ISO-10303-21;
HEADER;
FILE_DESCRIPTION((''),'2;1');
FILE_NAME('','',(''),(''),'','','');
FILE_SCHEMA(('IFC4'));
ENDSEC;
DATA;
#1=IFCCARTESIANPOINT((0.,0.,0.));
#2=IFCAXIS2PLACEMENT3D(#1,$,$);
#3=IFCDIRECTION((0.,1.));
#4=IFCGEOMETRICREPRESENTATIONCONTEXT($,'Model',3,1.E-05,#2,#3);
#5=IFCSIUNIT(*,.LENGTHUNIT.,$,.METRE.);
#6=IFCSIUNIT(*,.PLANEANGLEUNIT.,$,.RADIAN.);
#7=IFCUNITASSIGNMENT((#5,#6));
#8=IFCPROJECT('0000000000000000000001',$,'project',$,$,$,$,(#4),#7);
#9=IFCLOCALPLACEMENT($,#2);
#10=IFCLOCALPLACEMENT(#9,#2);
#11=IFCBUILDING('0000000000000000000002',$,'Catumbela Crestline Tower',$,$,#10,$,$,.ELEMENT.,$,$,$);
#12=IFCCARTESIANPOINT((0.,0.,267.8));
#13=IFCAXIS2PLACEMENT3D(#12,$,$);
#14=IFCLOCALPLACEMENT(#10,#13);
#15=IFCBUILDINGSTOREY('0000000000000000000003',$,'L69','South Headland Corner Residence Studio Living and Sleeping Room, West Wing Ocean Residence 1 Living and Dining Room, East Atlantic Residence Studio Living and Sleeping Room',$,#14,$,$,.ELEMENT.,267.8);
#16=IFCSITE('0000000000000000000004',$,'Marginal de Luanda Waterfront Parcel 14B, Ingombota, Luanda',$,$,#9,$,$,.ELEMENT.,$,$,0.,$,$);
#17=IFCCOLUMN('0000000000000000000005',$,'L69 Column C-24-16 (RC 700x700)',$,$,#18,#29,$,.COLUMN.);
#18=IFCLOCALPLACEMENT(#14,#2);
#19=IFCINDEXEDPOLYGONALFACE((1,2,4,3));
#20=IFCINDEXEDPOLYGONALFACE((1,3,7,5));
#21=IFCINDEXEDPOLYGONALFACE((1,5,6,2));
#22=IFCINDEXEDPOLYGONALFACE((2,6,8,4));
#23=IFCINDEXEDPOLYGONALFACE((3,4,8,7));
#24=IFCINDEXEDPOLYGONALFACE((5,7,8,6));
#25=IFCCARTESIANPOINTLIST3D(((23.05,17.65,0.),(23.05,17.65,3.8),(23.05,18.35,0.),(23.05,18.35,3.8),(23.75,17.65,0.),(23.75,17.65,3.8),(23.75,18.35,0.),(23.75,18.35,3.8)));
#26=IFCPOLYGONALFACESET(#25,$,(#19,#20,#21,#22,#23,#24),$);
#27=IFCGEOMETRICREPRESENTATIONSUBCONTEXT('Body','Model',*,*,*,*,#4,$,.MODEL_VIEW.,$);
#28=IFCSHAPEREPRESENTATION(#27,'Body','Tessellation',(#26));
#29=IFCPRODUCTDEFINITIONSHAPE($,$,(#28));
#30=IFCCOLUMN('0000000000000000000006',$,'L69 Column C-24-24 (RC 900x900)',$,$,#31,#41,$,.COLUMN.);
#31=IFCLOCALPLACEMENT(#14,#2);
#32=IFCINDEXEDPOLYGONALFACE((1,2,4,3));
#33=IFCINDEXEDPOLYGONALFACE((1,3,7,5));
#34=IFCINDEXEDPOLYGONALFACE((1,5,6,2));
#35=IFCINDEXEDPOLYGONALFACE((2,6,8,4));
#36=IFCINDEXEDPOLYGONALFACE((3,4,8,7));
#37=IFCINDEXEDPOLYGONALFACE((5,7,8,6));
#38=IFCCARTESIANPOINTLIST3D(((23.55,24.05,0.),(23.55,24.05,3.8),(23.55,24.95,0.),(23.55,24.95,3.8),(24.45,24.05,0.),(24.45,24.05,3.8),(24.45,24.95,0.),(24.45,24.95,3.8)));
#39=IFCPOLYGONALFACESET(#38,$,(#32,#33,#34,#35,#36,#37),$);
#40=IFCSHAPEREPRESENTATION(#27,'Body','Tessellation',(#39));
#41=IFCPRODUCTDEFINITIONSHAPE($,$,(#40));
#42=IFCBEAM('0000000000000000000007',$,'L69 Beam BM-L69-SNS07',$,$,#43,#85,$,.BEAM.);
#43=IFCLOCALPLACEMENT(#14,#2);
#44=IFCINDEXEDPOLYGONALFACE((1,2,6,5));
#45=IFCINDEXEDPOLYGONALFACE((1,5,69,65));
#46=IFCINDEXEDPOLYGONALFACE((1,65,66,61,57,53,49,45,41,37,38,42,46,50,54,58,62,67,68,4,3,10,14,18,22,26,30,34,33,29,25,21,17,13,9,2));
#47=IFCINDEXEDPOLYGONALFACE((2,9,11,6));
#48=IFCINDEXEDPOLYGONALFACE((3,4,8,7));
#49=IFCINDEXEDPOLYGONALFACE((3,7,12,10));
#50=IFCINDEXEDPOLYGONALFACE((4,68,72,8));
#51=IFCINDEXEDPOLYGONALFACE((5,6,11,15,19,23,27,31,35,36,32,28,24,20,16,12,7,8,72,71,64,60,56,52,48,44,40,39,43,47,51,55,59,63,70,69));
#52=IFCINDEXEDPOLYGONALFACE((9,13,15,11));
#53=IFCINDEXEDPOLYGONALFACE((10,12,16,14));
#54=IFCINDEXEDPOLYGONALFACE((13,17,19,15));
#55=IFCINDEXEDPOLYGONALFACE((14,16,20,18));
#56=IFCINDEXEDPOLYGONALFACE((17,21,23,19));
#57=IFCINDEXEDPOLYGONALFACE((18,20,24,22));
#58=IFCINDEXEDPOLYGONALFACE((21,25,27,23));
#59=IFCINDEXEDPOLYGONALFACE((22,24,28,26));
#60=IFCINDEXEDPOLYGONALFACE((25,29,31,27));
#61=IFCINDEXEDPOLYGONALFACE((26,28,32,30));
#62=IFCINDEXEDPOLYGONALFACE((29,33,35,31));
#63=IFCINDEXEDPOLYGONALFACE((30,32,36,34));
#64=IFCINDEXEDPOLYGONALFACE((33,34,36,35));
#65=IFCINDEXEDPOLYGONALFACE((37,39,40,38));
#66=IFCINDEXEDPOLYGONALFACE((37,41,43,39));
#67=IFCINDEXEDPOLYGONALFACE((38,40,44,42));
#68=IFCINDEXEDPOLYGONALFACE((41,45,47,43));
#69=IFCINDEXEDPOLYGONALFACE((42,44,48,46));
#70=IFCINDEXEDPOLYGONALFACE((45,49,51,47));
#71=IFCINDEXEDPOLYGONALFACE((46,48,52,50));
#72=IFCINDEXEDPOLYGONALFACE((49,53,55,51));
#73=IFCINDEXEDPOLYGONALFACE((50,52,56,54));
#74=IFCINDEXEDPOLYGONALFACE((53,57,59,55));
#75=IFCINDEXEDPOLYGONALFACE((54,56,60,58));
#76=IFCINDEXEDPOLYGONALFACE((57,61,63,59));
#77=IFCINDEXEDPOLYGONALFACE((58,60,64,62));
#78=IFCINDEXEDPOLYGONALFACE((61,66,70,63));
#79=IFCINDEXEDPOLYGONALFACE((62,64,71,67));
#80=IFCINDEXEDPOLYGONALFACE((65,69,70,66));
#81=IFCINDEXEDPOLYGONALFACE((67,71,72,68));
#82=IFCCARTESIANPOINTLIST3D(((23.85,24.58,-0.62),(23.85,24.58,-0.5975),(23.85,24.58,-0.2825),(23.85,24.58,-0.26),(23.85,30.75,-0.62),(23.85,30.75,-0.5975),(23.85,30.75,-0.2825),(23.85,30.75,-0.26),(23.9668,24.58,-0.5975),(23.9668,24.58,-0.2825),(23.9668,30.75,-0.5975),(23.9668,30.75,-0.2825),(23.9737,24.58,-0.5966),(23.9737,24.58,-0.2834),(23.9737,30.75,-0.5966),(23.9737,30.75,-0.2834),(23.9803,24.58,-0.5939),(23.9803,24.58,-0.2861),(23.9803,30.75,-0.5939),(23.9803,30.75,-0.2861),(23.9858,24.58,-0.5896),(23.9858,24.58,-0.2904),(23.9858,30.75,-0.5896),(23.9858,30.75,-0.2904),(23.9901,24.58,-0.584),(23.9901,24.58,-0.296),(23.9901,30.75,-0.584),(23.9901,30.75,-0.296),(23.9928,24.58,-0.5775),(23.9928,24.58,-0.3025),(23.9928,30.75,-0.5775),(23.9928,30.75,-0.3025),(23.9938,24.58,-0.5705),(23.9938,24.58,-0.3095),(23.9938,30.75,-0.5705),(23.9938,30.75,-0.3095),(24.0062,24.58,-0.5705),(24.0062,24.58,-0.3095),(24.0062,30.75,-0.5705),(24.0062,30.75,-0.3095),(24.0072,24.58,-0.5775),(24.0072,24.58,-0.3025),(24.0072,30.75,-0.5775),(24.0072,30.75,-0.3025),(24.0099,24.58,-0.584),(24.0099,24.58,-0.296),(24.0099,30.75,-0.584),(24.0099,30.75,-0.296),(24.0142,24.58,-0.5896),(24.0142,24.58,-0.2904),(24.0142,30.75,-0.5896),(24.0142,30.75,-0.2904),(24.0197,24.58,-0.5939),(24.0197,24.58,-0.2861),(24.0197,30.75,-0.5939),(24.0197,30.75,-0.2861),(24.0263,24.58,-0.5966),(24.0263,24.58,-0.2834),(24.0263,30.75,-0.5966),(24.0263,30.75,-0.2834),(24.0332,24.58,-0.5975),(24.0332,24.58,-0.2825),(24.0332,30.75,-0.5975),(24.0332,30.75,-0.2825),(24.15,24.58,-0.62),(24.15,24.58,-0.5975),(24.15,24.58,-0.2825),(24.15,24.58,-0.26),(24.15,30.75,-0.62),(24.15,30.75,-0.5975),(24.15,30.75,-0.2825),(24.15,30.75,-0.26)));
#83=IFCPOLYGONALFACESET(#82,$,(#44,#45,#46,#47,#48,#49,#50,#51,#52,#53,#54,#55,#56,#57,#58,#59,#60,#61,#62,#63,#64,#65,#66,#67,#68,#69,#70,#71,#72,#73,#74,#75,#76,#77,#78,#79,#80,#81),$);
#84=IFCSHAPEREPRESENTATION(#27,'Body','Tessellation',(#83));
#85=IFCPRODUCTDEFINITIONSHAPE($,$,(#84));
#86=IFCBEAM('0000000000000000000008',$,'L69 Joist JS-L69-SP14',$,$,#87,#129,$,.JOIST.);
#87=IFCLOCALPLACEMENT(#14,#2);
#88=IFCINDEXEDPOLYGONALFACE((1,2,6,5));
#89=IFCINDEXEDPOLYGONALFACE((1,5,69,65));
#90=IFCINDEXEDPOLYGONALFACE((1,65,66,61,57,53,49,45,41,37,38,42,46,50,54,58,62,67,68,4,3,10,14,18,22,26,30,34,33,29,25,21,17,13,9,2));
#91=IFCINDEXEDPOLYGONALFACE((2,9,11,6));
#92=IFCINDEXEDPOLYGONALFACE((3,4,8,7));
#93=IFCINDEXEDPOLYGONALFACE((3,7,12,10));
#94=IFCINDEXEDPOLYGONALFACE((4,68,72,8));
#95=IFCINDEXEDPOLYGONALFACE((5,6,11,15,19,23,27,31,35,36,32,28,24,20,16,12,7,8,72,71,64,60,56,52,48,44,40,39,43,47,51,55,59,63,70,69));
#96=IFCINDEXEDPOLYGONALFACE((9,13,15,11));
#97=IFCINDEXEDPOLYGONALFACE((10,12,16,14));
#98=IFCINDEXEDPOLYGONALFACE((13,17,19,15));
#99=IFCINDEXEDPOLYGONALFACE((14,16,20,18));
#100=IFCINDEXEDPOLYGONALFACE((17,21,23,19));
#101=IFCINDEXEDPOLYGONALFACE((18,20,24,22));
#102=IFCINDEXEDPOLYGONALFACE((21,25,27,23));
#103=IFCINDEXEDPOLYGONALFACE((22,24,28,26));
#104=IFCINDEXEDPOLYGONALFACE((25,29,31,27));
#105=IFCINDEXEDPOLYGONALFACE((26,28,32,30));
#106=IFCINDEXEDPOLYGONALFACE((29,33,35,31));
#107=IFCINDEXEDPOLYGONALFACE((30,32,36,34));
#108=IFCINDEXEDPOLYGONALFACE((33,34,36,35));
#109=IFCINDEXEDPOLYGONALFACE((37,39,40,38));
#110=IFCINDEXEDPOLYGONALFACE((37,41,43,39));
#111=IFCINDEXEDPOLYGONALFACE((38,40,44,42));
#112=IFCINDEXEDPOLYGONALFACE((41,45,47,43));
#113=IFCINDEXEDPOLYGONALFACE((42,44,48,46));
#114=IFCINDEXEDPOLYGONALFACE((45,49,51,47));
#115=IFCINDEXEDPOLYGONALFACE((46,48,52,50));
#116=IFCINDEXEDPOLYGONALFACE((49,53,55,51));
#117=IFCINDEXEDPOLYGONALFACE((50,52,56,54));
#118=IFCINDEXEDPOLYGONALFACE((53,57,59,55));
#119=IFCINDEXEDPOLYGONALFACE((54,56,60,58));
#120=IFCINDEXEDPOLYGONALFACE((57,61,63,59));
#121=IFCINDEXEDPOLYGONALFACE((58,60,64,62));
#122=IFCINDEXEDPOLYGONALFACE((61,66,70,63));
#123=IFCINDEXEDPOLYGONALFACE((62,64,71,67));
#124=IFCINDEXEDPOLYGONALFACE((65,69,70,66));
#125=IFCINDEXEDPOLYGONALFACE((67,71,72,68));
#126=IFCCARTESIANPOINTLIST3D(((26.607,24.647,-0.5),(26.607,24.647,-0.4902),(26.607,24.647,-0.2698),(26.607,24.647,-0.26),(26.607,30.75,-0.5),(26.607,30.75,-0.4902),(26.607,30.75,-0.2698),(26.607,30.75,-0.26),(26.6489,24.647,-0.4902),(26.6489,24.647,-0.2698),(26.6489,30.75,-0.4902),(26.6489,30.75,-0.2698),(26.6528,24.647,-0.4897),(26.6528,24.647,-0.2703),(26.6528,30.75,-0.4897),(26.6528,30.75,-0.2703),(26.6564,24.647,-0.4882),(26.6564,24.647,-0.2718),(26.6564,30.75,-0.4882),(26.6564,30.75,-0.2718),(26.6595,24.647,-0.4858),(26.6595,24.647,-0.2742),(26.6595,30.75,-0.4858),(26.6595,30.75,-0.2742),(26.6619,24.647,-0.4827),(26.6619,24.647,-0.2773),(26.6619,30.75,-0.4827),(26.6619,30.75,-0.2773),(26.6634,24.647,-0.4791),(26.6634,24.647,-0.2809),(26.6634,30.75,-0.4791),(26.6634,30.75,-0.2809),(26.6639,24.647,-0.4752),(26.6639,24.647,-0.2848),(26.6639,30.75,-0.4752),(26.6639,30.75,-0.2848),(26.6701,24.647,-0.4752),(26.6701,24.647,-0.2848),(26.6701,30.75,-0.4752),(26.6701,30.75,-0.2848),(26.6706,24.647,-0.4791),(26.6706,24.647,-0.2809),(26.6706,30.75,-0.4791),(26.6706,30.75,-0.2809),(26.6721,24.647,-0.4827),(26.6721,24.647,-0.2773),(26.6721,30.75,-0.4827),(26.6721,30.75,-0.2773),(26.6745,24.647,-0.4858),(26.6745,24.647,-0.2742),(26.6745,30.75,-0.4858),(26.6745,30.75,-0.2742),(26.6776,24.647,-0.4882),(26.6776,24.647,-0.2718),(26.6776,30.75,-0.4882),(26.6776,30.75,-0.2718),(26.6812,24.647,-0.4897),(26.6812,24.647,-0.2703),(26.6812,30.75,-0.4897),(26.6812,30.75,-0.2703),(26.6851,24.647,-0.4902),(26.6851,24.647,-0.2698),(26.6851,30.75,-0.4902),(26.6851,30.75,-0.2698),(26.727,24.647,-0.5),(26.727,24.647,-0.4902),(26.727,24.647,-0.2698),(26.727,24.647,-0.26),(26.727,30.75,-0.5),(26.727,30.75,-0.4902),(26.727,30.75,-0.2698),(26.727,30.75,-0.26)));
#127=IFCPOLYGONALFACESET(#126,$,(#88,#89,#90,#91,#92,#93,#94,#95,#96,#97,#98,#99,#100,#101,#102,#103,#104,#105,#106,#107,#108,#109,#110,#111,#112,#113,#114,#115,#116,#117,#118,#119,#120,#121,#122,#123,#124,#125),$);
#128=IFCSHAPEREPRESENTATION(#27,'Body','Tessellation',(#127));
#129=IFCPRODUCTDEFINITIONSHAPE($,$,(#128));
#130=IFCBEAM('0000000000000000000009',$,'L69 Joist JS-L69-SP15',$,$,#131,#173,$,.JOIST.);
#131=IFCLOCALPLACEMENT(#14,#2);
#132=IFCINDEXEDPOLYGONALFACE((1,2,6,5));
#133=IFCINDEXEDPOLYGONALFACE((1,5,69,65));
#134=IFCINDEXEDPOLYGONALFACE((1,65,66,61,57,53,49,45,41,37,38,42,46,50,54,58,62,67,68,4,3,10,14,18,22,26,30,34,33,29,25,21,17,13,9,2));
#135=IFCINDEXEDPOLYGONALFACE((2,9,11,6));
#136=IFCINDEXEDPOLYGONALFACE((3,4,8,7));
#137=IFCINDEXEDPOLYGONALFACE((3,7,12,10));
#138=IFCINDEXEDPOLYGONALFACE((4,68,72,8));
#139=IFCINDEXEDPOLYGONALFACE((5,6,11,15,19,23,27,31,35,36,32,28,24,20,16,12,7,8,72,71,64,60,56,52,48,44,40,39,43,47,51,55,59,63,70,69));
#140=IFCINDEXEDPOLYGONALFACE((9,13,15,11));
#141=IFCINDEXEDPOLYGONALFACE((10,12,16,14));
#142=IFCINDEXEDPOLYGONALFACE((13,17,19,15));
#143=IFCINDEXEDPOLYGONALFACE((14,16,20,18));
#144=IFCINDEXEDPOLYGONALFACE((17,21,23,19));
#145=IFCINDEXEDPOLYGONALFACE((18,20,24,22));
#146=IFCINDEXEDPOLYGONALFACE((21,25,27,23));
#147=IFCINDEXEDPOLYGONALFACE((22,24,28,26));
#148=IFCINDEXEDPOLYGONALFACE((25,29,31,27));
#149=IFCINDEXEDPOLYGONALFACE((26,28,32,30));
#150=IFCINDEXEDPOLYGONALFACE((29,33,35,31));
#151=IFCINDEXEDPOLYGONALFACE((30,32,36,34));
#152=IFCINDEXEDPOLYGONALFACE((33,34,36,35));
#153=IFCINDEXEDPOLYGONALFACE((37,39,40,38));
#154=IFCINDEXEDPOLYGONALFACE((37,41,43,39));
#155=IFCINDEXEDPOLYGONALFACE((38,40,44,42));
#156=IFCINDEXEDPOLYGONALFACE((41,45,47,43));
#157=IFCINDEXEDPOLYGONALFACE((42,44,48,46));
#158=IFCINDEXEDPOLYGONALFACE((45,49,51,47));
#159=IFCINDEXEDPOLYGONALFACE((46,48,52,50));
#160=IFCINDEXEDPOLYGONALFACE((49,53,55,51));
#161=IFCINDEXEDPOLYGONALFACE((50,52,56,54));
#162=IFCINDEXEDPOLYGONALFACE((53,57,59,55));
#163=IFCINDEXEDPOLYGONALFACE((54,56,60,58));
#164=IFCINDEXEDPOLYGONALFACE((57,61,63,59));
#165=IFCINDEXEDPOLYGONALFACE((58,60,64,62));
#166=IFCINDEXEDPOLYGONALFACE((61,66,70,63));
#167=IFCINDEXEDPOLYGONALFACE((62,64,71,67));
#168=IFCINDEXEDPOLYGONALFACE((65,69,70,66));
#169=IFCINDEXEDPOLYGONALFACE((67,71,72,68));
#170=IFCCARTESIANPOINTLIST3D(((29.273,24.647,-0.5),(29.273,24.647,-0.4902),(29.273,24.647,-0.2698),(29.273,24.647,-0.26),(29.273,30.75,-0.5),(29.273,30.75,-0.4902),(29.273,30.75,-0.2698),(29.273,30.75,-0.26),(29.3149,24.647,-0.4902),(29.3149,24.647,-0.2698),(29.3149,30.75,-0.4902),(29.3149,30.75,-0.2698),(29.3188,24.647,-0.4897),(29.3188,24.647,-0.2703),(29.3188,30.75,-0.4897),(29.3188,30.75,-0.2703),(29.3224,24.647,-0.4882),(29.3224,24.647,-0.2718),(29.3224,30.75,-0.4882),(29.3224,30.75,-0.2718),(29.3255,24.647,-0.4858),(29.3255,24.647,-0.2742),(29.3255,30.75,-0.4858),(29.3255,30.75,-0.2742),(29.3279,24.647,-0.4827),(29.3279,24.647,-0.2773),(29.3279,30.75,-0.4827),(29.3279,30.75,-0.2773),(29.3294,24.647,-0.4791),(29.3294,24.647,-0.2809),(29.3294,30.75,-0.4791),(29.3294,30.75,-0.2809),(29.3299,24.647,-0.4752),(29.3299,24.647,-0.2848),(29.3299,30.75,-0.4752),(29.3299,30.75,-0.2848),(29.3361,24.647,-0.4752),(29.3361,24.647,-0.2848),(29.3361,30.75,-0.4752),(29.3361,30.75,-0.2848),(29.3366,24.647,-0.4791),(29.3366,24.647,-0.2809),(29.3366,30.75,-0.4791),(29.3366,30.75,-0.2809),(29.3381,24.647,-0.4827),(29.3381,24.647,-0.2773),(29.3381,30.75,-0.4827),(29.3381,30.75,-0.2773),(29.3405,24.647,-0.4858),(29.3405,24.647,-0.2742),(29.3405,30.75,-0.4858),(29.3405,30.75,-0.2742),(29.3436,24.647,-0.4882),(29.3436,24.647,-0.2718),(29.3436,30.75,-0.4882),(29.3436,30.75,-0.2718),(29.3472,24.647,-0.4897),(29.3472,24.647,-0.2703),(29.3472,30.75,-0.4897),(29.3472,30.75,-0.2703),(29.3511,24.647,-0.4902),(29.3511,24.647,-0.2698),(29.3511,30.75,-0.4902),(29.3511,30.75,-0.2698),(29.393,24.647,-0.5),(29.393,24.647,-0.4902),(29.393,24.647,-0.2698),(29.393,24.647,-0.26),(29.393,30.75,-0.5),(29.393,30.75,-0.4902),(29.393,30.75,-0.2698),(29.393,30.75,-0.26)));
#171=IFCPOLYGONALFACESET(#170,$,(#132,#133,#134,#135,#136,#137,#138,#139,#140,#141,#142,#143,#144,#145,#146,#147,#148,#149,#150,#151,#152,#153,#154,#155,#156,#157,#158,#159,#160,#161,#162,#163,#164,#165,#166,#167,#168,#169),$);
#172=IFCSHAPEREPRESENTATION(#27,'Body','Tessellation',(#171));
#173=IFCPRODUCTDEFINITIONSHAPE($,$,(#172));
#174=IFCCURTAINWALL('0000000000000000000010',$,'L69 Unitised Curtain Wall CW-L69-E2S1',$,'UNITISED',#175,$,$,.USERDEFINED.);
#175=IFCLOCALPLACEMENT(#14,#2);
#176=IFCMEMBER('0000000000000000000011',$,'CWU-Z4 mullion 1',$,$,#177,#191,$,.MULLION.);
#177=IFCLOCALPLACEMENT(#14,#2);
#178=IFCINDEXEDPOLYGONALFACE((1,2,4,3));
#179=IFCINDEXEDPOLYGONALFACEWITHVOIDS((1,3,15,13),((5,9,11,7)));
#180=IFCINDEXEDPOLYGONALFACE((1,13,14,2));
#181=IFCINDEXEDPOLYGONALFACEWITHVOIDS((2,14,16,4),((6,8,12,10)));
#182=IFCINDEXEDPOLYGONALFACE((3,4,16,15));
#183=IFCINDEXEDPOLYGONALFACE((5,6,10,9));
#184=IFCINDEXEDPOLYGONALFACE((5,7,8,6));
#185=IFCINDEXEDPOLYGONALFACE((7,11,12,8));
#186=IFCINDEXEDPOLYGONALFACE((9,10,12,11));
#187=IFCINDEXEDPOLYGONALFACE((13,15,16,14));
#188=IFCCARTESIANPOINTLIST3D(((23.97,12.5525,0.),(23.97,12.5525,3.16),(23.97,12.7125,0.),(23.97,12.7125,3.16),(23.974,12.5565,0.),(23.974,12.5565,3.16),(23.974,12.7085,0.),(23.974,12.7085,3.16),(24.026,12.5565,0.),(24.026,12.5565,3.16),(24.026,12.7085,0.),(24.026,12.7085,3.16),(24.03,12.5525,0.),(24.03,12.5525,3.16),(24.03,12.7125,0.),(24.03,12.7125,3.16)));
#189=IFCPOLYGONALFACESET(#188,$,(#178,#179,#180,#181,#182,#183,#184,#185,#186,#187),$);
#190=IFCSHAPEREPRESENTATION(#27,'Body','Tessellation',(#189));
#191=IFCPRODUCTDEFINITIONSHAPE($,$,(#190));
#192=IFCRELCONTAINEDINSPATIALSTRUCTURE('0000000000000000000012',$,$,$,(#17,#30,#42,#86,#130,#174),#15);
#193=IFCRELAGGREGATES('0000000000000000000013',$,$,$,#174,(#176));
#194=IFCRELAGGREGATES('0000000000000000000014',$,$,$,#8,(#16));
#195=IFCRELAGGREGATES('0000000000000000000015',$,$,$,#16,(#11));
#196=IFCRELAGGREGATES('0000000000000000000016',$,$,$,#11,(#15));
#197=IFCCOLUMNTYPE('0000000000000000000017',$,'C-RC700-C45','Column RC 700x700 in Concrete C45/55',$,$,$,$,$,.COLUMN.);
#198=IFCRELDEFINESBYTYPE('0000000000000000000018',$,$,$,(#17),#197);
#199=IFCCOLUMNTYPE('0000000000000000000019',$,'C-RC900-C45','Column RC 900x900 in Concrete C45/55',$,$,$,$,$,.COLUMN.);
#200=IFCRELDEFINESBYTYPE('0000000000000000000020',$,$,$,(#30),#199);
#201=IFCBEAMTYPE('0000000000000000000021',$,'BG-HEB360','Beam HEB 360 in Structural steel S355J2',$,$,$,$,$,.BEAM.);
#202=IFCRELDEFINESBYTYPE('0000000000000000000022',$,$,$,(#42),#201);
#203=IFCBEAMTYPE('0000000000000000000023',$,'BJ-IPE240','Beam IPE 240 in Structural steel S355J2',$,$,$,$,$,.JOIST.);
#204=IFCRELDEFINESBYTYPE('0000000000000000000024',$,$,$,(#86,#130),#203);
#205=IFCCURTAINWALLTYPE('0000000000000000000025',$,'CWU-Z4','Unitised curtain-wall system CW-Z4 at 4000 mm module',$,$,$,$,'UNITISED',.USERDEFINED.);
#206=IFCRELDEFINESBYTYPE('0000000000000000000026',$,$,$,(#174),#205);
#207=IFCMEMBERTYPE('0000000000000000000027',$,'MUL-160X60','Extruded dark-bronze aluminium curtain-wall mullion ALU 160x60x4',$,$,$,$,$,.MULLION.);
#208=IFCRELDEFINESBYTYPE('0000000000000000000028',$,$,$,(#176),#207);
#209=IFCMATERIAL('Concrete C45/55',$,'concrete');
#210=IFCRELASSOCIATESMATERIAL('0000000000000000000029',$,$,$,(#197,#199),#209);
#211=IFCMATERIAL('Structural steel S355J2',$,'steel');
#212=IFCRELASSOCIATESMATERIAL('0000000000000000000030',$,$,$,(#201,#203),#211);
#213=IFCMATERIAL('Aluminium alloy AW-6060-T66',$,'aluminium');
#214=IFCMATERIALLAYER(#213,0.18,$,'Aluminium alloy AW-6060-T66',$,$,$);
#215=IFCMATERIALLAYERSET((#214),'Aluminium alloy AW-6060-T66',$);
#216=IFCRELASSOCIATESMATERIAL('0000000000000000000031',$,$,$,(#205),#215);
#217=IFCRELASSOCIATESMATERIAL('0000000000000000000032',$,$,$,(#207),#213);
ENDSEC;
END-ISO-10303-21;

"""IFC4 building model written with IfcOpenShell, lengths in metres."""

from ifc_helpers import new_model, si_unit, direction, frame, origin, origin_2d, place, context, subcontext, project, spatial, rectangle, hollow_rectangle, i_section, extrude, material, layer, layer_set, material_profile, profile_set, type_object, element, aggregate, save


model = new_model("IFC4")

# Units and contexts
model_context = context("Model", 3, precision=1e-05, world=origin(), true_north=direction((0.0, 1.0)))
body_context = subcontext(model_context, "Body", "Model", "MODEL_VIEW")
ifc_project = project(units=[si_unit("LENGTHUNIT", "METRE"), si_unit("PLANEANGLEUNIT", "RADIAN")], contexts=[model_context])

# Site, building, storey
site_placement = place(None, origin())
site = spatial("IfcSite", under=ifc_project, at=site_placement, Name="Marginal de Luanda Waterfront Parcel 14B, Ingombota, Luanda", CompositionType="ELEMENT", RefElevation=0.0)
building_placement = place(site_placement, origin())
building = spatial("IfcBuilding", under=site, at=building_placement, Name="Catumbela Crestline Tower", CompositionType="ELEMENT")
storey_placement = place(building_placement, frame((0.0, 0.0, 267.8)))
storey = spatial("IfcBuildingStorey", under=building, at=storey_placement, Name="L69", Description="South Headland Corner Residence Studio Living and Sleeping Room, West Wing Ocean Residence 1 Living and Dining Room, East Atlantic Residence Studio Living and Sleeping Room", CompositionType="ELEMENT", Elevation=267.8)

# Columns
ifc_material_1 = material(Name="Concrete C45/55", Category="concrete")
ifc_material_profile_1 = material_profile(ifc_material_1, rectangle(XDim=0.7, YDim=0.7, at=origin_2d()), Name="RC 700x700")
ifc_profile_set_1 = profile_set([ifc_material_profile_1], Name="Concrete C45/55")
column_type_1 = type_object("IfcColumnType", Name="C-RC700-C45", Description="Column RC 700x700 in Concrete C45/55", PredefinedType="COLUMN", material=ifc_profile_set_1)
column_1_placement = place(storey_placement, frame((23.4, 18.0, 0.0), z_axis=(0.0, 0.0, 1.0), x_axis=(1.0, 0.0, 0.0)))
element("IfcColumn", 1, at=column_1_placement, inside=storey, type_object=column_type_1, Name="L69 Column C-24-16 (RC 700x700)", PredefinedType="COLUMN", context=body_context, shape_type="SweptSolid", body=[
    extrude(rectangle(XDim=0.7, YDim=0.7, at=origin_2d()), origin(), (0.0, 0.0, 1.0), 3.8),
])
ifc_material_profile_2 = material_profile(ifc_material_1, rectangle(XDim=0.9, YDim=0.9, at=origin_2d()), Name="RC 900x900")
ifc_profile_set_2 = profile_set([ifc_material_profile_2], Name="Concrete C45/55")
column_type_2 = type_object("IfcColumnType", Name="C-RC900-C45", Description="Column RC 900x900 in Concrete C45/55", PredefinedType="COLUMN", material=ifc_profile_set_2)
column_2_placement = place(storey_placement, frame((24.0, 24.5, 0.0), z_axis=(0.0, 0.0, 1.0), x_axis=(1.0, 0.0, 0.0)))
element("IfcColumn", 2, at=column_2_placement, inside=storey, type_object=column_type_2, Name="L69 Column C-24-24 (RC 900x900)", PredefinedType="COLUMN", context=body_context, shape_type="SweptSolid", body=[
    extrude(rectangle(XDim=0.9, YDim=0.9, at=origin_2d()), origin(), (0.0, 0.0, 1.0), 3.8),
])

# Beams
ifc_material_2 = material(Name="Structural steel S355J2", Category="steel")
ifc_material_profile_3 = material_profile(ifc_material_2, i_section(OverallWidth=0.3, OverallDepth=0.36, WebThickness=0.0125, FlangeThickness=0.0225, FilletRadius=0.027, at=origin_2d()), Name="HEB 360")
ifc_profile_set_3 = profile_set([ifc_material_profile_3], Name="Structural steel S355J2")
beam_type_1 = type_object("IfcBeamType", Name="BG-HEB360", Description="Beam HEB 360 in Structural steel S355J2", PredefinedType="BEAM", material=ifc_profile_set_3)
beam_1_placement = place(storey_placement, frame((24.0, 24.58, -0.44), z_axis=(0.0, 1.0, 0.0), x_axis=(-1.0, 0.0, 0.0)))
element("IfcBeam", 3, at=beam_1_placement, inside=storey, type_object=beam_type_1, Name="L69 Beam BM-L69-SNS07", PredefinedType="BEAM", context=body_context, shape_type="SweptSolid", body=[
    extrude(i_section(OverallWidth=0.3, OverallDepth=0.36, WebThickness=0.0125, FlangeThickness=0.0225, FilletRadius=0.027, at=origin_2d()), origin(), (0.0, 0.0, 1.0), 6.17),
])
ifc_material_profile_4 = material_profile(ifc_material_2, i_section(OverallWidth=0.12, OverallDepth=0.24, WebThickness=0.0062, FlangeThickness=0.0098, FilletRadius=0.015, at=origin_2d()), Name="IPE 240")
ifc_profile_set_4 = profile_set([ifc_material_profile_4], Name="Structural steel S355J2")
beam_type_2 = type_object("IfcBeamType", Name="BJ-IPE240", Description="Beam IPE 240 in Structural steel S355J2", PredefinedType="JOIST", material=ifc_profile_set_4)
for number, where, z_axis, x_axis, name in (
    (4, (26.667, 24.647, -0.38), (0.0, 1.0, 0.0), (-1.0, 0.0, 0.0), "L69 Joist JS-L69-SP14"),
    (5, (29.333, 24.647, -0.38), (0.0, 1.0, 0.0), (-1.0, 0.0, 0.0), "L69 Joist JS-L69-SP15"),
):
    element("IfcBeam", number, at=place(storey_placement, frame(where, z_axis=z_axis, x_axis=x_axis)), inside=storey, type_object=beam_type_2, Name=name, PredefinedType="JOIST", context=body_context, shape_type="SweptSolid", body=[
        extrude(i_section(OverallWidth=0.12, OverallDepth=0.24, WebThickness=0.0062, FlangeThickness=0.0098, FilletRadius=0.015, at=origin_2d()), origin(), (0.0, 0.0, 1.0), 6.103),
    ])

# Curtain wall, member
ifc_material_3 = material(Name="Aluminium alloy AW-6060-T66", Category="aluminium")
ifc_layer_1 = layer(ifc_material_3, 0.18, Name="Aluminium alloy AW-6060-T66")
ifc_layer_set_1 = layer_set([ifc_layer_1], Name="Aluminium alloy AW-6060-T66")
curtain_wall_type = type_object("IfcCurtainWallType", Name="CWU-Z4", Description="Unitised curtain-wall system CW-Z4 at 4000 mm module", ElementType="UNITISED", PredefinedType="USERDEFINED", material=ifc_layer_set_1)
curtain_wall_1_placement = place(storey_placement, origin())
curtain_wall_1 = element("IfcCurtainWall", 6, at=curtain_wall_1_placement, inside=storey, type_object=curtain_wall_type, Name="L69 Unitised Curtain Wall CW-L69-E2S1", ObjectType="UNITISED", PredefinedType="USERDEFINED")
ifc_material_profile_5 = material_profile(ifc_material_3, hollow_rectangle(XDim=0.06, YDim=0.16, WallThickness=0.004, at=origin_2d()), Name="ALU 160x60x4")
ifc_profile_set_5 = profile_set([ifc_material_profile_5], Name="Aluminium alloy AW-6060-T66")
member_type_1 = type_object("IfcMemberType", Name="MUL-160X60", Description="Extruded dark-bronze aluminium curtain-wall mullion ALU 160x60x4", PredefinedType="MULLION", material=ifc_profile_set_5)
member_1_placement = place(storey_placement, frame((24.0, 12.6325, 0.0), z_axis=(0.0, 0.0, 1.0), x_axis=(-1.0, 0.0, 0.0)))
member_1 = element("IfcMember", 7, at=member_1_placement, type_object=member_type_1, Name="CWU-Z4 mullion 1", PredefinedType="MULLION", context=body_context, shape_type="SweptSolid", body=[
    extrude(hollow_rectangle(XDim=0.06, YDim=0.16, WallThickness=0.004, at=origin_2d()), origin(), (0.0, 0.0, 1.0), 3.16),
])

aggregate(curtain_wall_1, [member_1])

save(model, "model.ifc")
